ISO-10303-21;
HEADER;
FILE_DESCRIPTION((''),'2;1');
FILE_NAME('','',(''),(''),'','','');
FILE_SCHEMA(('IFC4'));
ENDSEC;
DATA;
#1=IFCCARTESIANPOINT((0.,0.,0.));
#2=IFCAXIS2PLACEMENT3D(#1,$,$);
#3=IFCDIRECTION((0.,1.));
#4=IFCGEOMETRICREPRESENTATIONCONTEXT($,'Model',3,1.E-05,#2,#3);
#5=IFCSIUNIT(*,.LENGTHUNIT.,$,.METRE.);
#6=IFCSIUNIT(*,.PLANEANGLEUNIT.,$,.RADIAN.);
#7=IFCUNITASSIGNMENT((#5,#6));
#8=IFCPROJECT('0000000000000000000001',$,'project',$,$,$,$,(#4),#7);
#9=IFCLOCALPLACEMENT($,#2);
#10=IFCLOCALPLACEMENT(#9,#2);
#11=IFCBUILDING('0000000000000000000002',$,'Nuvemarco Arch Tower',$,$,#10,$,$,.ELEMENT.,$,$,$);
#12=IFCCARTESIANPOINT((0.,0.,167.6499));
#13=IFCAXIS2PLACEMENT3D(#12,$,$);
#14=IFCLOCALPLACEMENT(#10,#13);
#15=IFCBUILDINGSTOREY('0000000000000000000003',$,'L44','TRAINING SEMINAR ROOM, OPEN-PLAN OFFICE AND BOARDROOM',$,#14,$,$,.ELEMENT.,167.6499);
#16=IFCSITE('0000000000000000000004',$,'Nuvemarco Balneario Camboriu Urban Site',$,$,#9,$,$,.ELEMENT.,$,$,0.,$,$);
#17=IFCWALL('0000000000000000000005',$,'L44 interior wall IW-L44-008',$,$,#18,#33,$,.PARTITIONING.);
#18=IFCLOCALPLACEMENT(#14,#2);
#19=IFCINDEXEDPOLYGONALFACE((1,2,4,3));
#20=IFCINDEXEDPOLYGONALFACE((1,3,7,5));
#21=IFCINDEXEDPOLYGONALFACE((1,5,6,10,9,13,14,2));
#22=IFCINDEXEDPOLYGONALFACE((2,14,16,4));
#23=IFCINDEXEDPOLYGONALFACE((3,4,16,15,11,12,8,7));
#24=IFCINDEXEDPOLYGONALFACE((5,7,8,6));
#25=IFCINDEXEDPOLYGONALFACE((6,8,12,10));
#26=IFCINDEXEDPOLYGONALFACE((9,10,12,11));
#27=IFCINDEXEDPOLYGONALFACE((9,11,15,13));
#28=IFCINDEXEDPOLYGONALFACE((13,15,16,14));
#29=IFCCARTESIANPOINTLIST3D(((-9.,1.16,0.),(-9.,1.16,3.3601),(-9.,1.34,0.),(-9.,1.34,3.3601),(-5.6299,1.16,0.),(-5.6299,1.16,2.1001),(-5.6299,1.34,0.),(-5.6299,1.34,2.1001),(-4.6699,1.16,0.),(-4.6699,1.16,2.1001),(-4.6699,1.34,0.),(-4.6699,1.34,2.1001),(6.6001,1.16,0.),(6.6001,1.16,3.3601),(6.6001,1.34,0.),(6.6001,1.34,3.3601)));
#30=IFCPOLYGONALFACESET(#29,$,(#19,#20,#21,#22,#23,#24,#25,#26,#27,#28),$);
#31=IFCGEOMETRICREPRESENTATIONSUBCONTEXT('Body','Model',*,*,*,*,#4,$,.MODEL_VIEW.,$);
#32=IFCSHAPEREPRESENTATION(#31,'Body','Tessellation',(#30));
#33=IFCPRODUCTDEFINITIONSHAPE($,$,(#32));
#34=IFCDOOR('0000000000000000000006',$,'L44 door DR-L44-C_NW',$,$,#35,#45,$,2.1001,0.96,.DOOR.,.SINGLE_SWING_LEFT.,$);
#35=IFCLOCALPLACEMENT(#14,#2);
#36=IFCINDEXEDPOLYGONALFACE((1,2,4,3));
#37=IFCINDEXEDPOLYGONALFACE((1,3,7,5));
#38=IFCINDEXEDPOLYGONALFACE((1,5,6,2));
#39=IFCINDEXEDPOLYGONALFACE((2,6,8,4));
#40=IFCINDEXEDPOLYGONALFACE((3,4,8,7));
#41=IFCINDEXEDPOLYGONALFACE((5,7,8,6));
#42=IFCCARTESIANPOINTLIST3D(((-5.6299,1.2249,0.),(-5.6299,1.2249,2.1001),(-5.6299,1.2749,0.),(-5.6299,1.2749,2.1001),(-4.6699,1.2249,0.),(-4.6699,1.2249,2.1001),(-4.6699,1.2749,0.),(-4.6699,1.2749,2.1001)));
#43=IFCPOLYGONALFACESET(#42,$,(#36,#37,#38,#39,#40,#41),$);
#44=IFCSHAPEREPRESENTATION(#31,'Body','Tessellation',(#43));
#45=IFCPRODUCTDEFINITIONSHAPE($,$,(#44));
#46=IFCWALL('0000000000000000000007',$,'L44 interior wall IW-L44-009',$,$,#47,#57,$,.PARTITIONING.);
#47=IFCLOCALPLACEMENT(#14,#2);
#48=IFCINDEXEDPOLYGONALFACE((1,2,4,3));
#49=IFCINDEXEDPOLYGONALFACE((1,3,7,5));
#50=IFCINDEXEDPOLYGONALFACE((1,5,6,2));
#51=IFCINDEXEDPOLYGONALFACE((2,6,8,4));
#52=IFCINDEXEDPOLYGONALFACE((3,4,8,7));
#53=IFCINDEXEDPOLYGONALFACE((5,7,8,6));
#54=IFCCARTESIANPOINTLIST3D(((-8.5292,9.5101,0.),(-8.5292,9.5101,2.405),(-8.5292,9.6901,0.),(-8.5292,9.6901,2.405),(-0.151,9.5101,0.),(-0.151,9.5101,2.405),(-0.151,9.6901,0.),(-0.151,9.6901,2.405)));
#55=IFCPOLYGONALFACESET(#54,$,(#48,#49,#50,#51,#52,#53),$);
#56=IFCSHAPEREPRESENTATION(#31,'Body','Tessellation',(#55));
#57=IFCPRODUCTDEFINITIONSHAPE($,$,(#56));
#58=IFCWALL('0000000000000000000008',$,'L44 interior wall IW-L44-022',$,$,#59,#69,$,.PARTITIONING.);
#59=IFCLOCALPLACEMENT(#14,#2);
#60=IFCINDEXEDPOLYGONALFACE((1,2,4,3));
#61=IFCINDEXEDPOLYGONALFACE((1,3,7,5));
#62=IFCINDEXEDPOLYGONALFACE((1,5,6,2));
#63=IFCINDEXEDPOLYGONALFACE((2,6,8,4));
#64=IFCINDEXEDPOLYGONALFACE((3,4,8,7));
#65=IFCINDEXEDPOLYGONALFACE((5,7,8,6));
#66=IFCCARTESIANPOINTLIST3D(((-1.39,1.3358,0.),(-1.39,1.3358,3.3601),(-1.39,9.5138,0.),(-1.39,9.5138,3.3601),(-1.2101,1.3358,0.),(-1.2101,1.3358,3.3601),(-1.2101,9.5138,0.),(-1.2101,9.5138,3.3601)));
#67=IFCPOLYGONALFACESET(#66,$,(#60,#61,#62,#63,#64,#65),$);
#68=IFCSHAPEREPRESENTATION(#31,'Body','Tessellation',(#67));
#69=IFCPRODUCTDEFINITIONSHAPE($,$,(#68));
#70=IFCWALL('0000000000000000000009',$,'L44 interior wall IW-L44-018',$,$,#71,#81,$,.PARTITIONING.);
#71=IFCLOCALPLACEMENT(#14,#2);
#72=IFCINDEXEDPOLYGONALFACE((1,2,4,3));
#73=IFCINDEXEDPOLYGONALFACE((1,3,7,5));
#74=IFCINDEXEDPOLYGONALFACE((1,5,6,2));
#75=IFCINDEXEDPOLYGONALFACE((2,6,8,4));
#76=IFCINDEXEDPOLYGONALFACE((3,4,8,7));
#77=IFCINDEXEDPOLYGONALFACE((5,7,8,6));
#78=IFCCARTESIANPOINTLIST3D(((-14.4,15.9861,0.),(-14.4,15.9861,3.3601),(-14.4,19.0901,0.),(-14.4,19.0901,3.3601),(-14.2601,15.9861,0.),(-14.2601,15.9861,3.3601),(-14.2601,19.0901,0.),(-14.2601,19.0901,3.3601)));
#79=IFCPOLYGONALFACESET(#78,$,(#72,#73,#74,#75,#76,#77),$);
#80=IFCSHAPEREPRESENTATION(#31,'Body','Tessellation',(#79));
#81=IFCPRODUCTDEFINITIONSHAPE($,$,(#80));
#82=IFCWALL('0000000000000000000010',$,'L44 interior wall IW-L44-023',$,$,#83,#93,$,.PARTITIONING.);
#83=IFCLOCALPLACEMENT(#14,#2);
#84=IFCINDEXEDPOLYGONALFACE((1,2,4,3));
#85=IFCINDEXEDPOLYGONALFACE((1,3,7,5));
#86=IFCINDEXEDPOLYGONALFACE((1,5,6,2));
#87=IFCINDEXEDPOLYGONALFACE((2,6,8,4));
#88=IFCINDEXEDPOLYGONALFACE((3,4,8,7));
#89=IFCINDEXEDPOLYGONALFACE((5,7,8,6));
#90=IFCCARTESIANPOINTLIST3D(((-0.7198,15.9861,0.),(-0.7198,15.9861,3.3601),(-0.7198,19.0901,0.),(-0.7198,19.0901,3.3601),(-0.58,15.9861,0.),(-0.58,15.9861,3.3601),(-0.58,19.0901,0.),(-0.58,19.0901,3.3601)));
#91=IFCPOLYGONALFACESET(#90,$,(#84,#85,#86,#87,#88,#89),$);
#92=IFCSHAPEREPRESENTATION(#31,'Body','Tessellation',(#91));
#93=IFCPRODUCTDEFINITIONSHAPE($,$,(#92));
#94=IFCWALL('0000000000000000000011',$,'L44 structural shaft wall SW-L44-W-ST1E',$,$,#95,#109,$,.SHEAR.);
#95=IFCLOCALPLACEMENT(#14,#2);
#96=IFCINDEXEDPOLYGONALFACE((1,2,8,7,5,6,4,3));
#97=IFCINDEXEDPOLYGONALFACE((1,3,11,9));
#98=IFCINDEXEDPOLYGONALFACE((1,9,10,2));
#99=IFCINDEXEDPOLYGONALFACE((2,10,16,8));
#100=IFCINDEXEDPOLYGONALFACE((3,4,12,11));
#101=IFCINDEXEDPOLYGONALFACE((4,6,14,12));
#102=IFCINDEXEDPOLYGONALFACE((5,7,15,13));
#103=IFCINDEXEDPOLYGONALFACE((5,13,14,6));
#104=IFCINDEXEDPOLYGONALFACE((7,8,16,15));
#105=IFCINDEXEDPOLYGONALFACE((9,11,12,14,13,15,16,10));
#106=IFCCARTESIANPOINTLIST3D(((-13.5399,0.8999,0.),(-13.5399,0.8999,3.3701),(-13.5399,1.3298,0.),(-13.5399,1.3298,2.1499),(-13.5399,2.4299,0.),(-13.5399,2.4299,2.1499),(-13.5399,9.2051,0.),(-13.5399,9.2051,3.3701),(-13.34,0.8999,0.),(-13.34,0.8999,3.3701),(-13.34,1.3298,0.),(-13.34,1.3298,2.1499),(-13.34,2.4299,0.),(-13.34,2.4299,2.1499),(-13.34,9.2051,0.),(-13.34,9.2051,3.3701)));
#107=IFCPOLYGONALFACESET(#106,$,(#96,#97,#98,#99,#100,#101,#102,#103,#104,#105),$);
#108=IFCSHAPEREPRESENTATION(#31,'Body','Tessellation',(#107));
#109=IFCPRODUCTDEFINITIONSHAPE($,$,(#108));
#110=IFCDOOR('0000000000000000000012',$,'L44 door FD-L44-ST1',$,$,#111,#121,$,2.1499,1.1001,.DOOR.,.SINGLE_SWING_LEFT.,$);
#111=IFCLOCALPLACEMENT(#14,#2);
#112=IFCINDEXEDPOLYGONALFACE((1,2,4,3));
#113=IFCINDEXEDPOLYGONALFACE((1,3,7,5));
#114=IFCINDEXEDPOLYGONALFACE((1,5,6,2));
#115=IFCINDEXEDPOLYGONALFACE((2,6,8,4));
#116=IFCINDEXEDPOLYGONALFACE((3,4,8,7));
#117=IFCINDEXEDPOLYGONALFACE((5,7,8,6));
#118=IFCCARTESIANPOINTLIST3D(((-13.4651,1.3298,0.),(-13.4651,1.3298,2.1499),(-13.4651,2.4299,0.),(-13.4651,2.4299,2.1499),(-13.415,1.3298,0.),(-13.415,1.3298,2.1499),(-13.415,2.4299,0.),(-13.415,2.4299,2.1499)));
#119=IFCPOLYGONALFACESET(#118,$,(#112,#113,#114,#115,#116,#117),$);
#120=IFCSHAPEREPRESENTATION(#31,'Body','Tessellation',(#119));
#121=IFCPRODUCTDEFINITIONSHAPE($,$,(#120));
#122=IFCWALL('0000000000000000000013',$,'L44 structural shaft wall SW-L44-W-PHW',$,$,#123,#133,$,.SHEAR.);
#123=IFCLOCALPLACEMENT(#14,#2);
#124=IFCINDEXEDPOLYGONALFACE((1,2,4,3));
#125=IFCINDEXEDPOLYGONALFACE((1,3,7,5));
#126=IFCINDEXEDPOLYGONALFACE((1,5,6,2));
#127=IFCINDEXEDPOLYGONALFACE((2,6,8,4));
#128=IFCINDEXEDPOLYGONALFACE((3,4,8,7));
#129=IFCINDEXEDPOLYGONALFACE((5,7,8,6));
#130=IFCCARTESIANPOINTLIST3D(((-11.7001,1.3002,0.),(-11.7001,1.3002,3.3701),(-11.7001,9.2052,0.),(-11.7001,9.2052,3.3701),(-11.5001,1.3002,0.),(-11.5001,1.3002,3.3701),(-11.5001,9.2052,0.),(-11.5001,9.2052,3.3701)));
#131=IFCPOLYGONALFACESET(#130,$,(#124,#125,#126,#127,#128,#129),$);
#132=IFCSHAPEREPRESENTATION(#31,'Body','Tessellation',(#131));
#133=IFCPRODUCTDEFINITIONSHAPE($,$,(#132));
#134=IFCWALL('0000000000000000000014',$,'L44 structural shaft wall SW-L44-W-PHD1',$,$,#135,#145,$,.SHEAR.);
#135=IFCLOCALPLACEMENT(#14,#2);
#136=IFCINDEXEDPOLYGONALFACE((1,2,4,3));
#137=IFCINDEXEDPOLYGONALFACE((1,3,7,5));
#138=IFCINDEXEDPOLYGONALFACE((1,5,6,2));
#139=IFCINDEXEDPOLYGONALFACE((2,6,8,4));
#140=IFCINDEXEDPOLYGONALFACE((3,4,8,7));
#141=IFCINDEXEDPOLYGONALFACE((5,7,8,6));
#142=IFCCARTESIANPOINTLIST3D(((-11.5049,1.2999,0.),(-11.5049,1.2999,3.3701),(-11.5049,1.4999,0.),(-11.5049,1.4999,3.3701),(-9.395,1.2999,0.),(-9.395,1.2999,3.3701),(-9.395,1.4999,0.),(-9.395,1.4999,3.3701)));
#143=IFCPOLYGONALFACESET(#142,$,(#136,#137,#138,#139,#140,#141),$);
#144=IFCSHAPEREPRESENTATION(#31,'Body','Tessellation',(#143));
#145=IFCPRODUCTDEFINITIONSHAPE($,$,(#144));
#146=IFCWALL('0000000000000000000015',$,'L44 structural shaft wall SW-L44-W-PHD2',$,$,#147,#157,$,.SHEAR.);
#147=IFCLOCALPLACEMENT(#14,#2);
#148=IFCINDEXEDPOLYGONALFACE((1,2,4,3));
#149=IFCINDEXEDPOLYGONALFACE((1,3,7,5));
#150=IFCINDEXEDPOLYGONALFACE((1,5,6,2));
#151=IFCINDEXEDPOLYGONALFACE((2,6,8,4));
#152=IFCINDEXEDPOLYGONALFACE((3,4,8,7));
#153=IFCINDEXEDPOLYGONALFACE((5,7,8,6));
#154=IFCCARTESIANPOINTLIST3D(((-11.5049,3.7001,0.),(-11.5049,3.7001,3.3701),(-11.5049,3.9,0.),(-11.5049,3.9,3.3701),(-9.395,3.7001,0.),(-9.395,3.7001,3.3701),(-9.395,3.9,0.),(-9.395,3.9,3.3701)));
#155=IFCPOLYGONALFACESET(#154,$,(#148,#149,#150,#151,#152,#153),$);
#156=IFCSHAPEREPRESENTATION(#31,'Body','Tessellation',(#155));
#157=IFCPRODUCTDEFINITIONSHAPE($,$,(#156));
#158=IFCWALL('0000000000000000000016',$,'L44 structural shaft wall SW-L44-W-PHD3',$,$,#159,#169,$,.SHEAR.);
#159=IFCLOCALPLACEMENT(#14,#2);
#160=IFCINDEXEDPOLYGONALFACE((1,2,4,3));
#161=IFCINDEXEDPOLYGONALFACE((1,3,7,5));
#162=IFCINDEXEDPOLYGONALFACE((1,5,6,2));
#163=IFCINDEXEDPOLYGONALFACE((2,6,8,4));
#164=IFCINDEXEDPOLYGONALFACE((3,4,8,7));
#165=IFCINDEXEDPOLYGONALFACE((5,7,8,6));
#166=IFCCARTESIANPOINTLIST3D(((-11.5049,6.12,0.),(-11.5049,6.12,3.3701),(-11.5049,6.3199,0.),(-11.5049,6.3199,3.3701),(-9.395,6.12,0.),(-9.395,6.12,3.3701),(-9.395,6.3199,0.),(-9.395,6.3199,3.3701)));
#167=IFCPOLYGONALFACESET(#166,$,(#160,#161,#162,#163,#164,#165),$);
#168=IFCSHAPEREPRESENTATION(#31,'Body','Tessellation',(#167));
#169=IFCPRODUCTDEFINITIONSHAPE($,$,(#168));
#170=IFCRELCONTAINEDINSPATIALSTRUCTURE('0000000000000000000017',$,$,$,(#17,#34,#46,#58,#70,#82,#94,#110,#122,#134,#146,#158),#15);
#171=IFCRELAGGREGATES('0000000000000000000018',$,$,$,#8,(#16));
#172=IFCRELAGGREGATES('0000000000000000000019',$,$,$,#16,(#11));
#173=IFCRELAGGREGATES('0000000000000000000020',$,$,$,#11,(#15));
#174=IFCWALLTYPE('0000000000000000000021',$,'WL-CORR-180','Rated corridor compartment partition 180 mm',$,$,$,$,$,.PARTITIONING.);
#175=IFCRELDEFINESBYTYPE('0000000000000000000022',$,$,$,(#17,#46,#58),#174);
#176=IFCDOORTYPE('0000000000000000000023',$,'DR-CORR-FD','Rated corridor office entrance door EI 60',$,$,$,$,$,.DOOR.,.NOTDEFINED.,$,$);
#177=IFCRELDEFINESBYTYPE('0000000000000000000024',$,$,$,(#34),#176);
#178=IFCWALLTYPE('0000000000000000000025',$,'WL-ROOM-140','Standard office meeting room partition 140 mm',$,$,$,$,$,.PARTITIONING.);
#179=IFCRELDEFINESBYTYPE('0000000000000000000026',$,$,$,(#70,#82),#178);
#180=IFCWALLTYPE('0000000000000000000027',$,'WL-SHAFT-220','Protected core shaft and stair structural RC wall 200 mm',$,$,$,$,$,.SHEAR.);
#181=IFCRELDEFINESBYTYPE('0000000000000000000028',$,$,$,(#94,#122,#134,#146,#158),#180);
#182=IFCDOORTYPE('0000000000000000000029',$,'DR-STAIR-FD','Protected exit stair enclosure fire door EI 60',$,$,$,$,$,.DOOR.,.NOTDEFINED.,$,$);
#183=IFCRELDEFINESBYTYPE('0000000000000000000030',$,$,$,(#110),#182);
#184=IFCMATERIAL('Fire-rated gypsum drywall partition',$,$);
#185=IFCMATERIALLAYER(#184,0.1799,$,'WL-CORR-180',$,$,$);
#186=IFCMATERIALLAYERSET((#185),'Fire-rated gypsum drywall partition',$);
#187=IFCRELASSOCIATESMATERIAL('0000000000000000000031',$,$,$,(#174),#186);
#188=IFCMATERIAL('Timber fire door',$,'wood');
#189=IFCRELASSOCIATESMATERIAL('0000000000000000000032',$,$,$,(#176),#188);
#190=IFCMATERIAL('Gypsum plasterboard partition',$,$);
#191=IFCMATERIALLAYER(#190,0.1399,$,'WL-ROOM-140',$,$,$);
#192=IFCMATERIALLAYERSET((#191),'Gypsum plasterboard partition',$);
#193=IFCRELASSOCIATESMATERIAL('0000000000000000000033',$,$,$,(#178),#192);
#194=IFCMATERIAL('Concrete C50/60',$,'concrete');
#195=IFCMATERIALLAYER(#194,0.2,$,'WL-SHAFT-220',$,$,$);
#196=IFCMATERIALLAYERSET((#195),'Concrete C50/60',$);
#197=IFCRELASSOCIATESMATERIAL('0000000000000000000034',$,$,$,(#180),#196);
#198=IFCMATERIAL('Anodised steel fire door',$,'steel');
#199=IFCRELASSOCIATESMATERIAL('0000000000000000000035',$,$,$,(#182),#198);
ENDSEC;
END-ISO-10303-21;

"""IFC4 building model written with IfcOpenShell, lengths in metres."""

from ifc_helpers import new_model, si_unit, direction, frame, frame_2d, origin, place, context, subcontext, project, spatial, rectangle, extrude, source, transform, mapped, material, layer, layer_set, type_object, type_shapes, element, fill, save


model = new_model("IFC4")

# Units and contexts
model_context = context("Model", 3, precision=1e-05, world=origin(), true_north=direction((0.0, 1.0)))
body_context = subcontext(model_context, "Body", "Model", "MODEL_VIEW")
ifc_project = project(units=[si_unit("LENGTHUNIT", "METRE"), si_unit("PLANEANGLEUNIT", "RADIAN")], contexts=[model_context])

# Site, building, storey
site_placement = place(None, origin())
site = spatial("IfcSite", under=ifc_project, at=site_placement, Name="Nuvemarco Balneario Camboriu Urban Site", CompositionType="ELEMENT", RefElevation=0.0)
building_placement = place(site_placement, origin())
building = spatial("IfcBuilding", under=site, at=building_placement, Name="Nuvemarco Arch Tower", CompositionType="ELEMENT")
storey_placement = place(building_placement, frame((0.0, 0.0, 167.6499)))
storey = spatial("IfcBuildingStorey", under=building, at=storey_placement, Name="L44", Description="TRAINING SEMINAR ROOM, OPEN-PLAN OFFICE AND BOARDROOM", CompositionType="ELEMENT", Elevation=167.6499)

# Shared definitions
ifc_material_1 = material(Name="Concrete C50/60", Category="concrete")

# Wall, opening, door
ifc_material_2 = material(Name="Fire-rated gypsum drywall partition")
ifc_layer_1 = layer(ifc_material_2, 0.1799, Name="WL-CORR-180")
ifc_layer_set_1 = layer_set([ifc_layer_1], Name="Fire-rated gypsum drywall partition")
wall_type_1 = type_object("IfcWallType", Name="WL-CORR-180", Description="Rated corridor compartment partition 180 mm", PredefinedType="PARTITIONING", material=ifc_layer_set_1)
wall_1_placement = place(storey_placement, frame((-9.0, 1.25, 0.0), z_axis=(0.0, 0.0, 1.0), x_axis=(1.0, 0.0, 0.0)))
wall_1 = element("IfcWall", 1, at=wall_1_placement, inside=storey, type_object=wall_type_1, Name="L44 interior wall IW-L44-008", PredefinedType="PARTITIONING", context=body_context, shape_type="SweptSolid", body=[
    extrude(rectangle(XDim=15.6001, YDim=0.1799, at=frame_2d((7.8, 0.0))), origin(), (0.0, 0.0, 1.0), 3.3601),
])
opening_1_placement = place(wall_1_placement, frame((3.3701, 0.0, 0.0)))
opening_1 = element("IfcOpeningElement", 2, at=opening_1_placement, cuts=wall_1, PredefinedType="OPENING", context=body_context, shape_type="SweptSolid", body=[
    extrude(rectangle(XDim=0.96, YDim=2.1001, at=frame_2d((0.48, 1.05))), frame((0.0, 0.0999, 0.0), z_axis=(0.0, -1.0, 0.0), x_axis=(1.0, 0.0, 0.0)), (0.0, 0.0, 1.0), 0.2),
])
ifc_material_3 = material(Name="Timber fire door", Category="wood")
door_type_1 = type_object("IfcDoorType", Name="DR-CORR-FD", Description="Rated corridor office entrance door EI 60", OperationType="NOTDEFINED", PredefinedType="DOOR", material=ifc_material_3)
shared_shape_1 = source(origin(), body_context, "Body", "SweptSolid", [
    extrude(rectangle(XDim=0.96, YDim=2.1001, at=frame_2d((0.48, 1.05))), frame((0.0, 0.0249, 0.0), z_axis=(0.0, -1.0, 0.0), x_axis=(1.0, 0.0, 0.0)), (0.0, 0.0, 1.0), 0.05),
])
type_shapes(door_type_1, [shared_shape_1])
door_1_placement = place(opening_1_placement, origin())
door_1 = element("IfcDoor", 3, at=door_1_placement, inside=storey, type_object=door_type_1, Name="L44 door DR-L44-C_NW", OperationType="SINGLE_SWING_LEFT", OverallHeight=2.1001, OverallWidth=0.96, PredefinedType="DOOR", context=body_context, shape_type="MappedRepresentation", body=[
    mapped(shared_shape_1, transform((0.0, 0.0, 0.0), scale=1.0)),
])
fill(opening_1, door_1)

# Walls
wall_2_placement = place(storey_placement, frame((-8.5291, 9.6001, 0.0), z_axis=(0.0, 0.0, 1.0), x_axis=(1.0, 0.0, 0.0)))
element("IfcWall", 4, at=wall_2_placement, inside=storey, type_object=wall_type_1, Name="L44 interior wall IW-L44-009", PredefinedType="PARTITIONING", context=body_context, shape_type="SweptSolid", body=[
    extrude(rectangle(XDim=8.3782, YDim=0.1799, at=frame_2d((4.189, 0.0))), origin(), (0.0, 0.0, 1.0), 2.405),
])
wall_3_placement = place(storey_placement, frame((-1.3, 1.3359, 0.0), z_axis=(0.0, 0.0, 1.0), x_axis=(0.0, 1.0, 0.0)))
element("IfcWall", 5, at=wall_3_placement, inside=storey, type_object=wall_type_1, Name="L44 interior wall IW-L44-022", PredefinedType="PARTITIONING", context=body_context, shape_type="SweptSolid", body=[
    extrude(rectangle(XDim=8.178, YDim=0.1799, at=frame_2d((4.0889, 0.0))), origin(), (0.0, 0.0, 1.0), 3.3601),
])
ifc_material_4 = material(Name="Gypsum plasterboard partition")
ifc_layer_2 = layer(ifc_material_4, 0.1399, Name="WL-ROOM-140")
ifc_layer_set_2 = layer_set([ifc_layer_2], Name="Gypsum plasterboard partition")
wall_type_2 = type_object("IfcWallType", Name="WL-ROOM-140", Description="Standard office meeting room partition 140 mm", PredefinedType="PARTITIONING", material=ifc_layer_set_2)
for number, where, z_axis, x_axis, name in (
    (6, (-14.3301, 15.9861, 0.0), (0.0, 0.0, 1.0), (0.0, 1.0, 0.0), "L44 interior wall IW-L44-018"),
    (7, (-0.6499, 15.9861, 0.0), (0.0, 0.0, 1.0), (0.0, 1.0, 0.0), "L44 interior wall IW-L44-023"),
):
    element("IfcWall", number, at=place(storey_placement, frame(where, z_axis=z_axis, x_axis=x_axis)), inside=storey, type_object=wall_type_2, Name=name, PredefinedType="PARTITIONING", context=body_context, shape_type="SweptSolid", body=[
        extrude(rectangle(XDim=3.104, YDim=0.1399, at=frame_2d((1.552, 0.0))), origin(), (0.0, 0.0, 1.0), 3.3601),
    ])

# Wall, opening, door
ifc_layer_3 = layer(ifc_material_1, 0.2, Name="WL-SHAFT-220")
ifc_layer_set_3 = layer_set([ifc_layer_3], Name="Concrete C50/60")
wall_type_3 = type_object("IfcWallType", Name="WL-SHAFT-220", Description="Protected core shaft and stair structural RC wall 200 mm", PredefinedType="SHEAR", material=ifc_layer_set_3)
wall_4_placement = place(storey_placement, frame((-13.4399, 0.8999, 0.0), z_axis=(0.0, 0.0, 1.0), x_axis=(0.0, 1.0, 0.0)))
wall_4 = element("IfcWall", 8, at=wall_4_placement, inside=storey, type_object=wall_type_3, Name="L44 structural shaft wall SW-L44-W-ST1E", PredefinedType="SHEAR", context=body_context, shape_type="SweptSolid", body=[
    extrude(rectangle(XDim=8.3052, YDim=0.2, at=frame_2d((4.1526, 0.0))), origin(), (0.0, 0.0, 1.0), 3.3701),
])
opening_2_placement = place(wall_4_placement, frame((1.53, 0.0, 0.0), z_axis=(0.0, 0.0, 1.0), x_axis=(-1.0, 0.0, 0.0)))
opening_2 = element("IfcOpeningElement", 9, at=opening_2_placement, cuts=wall_4, PredefinedType="OPENING", context=body_context, shape_type="SweptSolid", body=[
    extrude(rectangle(XDim=1.1001, YDim=2.1499, at=frame_2d((0.55, 1.075))), frame((0.0, 0.1099, 0.0), z_axis=(0.0, -1.0, 0.0), x_axis=(1.0, 0.0, 0.0)), (0.0, 0.0, 1.0), 0.22),
])
ifc_material_5 = material(Name="Anodised steel fire door", Category="steel")
door_type_2 = type_object("IfcDoorType", Name="DR-STAIR-FD", Description="Protected exit stair enclosure fire door EI 60", OperationType="NOTDEFINED", PredefinedType="DOOR", material=ifc_material_5)
shared_shape_2 = source(origin(), body_context, "Body", "SweptSolid", [
    extrude(rectangle(XDim=1.1001, YDim=2.1499, at=frame_2d((0.55, 1.075))), frame((0.0, 0.0249, 0.0), z_axis=(0.0, -1.0, 0.0), x_axis=(1.0, 0.0, 0.0)), (0.0, 0.0, 1.0), 0.05),
])
type_shapes(door_type_2, [shared_shape_2])
door_2_placement = place(opening_2_placement, origin())
door_2 = element("IfcDoor", 10, at=door_2_placement, inside=storey, type_object=door_type_2, Name="L44 door FD-L44-ST1", OperationType="SINGLE_SWING_LEFT", OverallHeight=2.1499, OverallWidth=1.1001, PredefinedType="DOOR", context=body_context, shape_type="MappedRepresentation", body=[
    mapped(shared_shape_2, transform((0.0, 0.0, 0.0), scale=1.0)),
])
fill(opening_2, door_2)

# Walls
wall_5_placement = place(storey_placement, frame((-11.6001, 1.3, 0.0), z_axis=(0.0, 0.0, 1.0), x_axis=(0.0, 1.0, 0.0)))
element("IfcWall", 11, at=wall_5_placement, inside=storey, type_object=wall_type_3, Name="L44 structural shaft wall SW-L44-W-PHW", PredefinedType="SHEAR", context=body_context, shape_type="SweptSolid", body=[
    extrude(rectangle(XDim=7.905, YDim=0.2, at=frame_2d((3.9526, 0.0))), origin(), (0.0, 0.0, 1.0), 3.3701),
])
for number, where, z_axis, x_axis, name in (
    (12, (-11.5049, 1.3999, 0.0), (0.0, 0.0, 1.0), (1.0, 0.0, 0.0), "L44 structural shaft wall SW-L44-W-PHD1"),
    (13, (-11.5049, 3.8, 0.0), (0.0, 0.0, 1.0), (1.0, 0.0, 0.0), "L44 structural shaft wall SW-L44-W-PHD2"),
    (14, (-11.5049, 6.22, 0.0), (0.0, 0.0, 1.0), (1.0, 0.0, 0.0), "L44 structural shaft wall SW-L44-W-PHD3"),
):
    element("IfcWall", number, at=place(storey_placement, frame(where, z_axis=z_axis, x_axis=x_axis)), inside=storey, type_object=wall_type_3, Name=name, PredefinedType="SHEAR", context=body_context, shape_type="SweptSolid", body=[
        extrude(rectangle(XDim=2.1099, YDim=0.2, at=frame_2d((1.0549, 0.0))), origin(), (0.0, 0.0, 1.0), 3.3701),
    ])

save(model, "model.ifc")
